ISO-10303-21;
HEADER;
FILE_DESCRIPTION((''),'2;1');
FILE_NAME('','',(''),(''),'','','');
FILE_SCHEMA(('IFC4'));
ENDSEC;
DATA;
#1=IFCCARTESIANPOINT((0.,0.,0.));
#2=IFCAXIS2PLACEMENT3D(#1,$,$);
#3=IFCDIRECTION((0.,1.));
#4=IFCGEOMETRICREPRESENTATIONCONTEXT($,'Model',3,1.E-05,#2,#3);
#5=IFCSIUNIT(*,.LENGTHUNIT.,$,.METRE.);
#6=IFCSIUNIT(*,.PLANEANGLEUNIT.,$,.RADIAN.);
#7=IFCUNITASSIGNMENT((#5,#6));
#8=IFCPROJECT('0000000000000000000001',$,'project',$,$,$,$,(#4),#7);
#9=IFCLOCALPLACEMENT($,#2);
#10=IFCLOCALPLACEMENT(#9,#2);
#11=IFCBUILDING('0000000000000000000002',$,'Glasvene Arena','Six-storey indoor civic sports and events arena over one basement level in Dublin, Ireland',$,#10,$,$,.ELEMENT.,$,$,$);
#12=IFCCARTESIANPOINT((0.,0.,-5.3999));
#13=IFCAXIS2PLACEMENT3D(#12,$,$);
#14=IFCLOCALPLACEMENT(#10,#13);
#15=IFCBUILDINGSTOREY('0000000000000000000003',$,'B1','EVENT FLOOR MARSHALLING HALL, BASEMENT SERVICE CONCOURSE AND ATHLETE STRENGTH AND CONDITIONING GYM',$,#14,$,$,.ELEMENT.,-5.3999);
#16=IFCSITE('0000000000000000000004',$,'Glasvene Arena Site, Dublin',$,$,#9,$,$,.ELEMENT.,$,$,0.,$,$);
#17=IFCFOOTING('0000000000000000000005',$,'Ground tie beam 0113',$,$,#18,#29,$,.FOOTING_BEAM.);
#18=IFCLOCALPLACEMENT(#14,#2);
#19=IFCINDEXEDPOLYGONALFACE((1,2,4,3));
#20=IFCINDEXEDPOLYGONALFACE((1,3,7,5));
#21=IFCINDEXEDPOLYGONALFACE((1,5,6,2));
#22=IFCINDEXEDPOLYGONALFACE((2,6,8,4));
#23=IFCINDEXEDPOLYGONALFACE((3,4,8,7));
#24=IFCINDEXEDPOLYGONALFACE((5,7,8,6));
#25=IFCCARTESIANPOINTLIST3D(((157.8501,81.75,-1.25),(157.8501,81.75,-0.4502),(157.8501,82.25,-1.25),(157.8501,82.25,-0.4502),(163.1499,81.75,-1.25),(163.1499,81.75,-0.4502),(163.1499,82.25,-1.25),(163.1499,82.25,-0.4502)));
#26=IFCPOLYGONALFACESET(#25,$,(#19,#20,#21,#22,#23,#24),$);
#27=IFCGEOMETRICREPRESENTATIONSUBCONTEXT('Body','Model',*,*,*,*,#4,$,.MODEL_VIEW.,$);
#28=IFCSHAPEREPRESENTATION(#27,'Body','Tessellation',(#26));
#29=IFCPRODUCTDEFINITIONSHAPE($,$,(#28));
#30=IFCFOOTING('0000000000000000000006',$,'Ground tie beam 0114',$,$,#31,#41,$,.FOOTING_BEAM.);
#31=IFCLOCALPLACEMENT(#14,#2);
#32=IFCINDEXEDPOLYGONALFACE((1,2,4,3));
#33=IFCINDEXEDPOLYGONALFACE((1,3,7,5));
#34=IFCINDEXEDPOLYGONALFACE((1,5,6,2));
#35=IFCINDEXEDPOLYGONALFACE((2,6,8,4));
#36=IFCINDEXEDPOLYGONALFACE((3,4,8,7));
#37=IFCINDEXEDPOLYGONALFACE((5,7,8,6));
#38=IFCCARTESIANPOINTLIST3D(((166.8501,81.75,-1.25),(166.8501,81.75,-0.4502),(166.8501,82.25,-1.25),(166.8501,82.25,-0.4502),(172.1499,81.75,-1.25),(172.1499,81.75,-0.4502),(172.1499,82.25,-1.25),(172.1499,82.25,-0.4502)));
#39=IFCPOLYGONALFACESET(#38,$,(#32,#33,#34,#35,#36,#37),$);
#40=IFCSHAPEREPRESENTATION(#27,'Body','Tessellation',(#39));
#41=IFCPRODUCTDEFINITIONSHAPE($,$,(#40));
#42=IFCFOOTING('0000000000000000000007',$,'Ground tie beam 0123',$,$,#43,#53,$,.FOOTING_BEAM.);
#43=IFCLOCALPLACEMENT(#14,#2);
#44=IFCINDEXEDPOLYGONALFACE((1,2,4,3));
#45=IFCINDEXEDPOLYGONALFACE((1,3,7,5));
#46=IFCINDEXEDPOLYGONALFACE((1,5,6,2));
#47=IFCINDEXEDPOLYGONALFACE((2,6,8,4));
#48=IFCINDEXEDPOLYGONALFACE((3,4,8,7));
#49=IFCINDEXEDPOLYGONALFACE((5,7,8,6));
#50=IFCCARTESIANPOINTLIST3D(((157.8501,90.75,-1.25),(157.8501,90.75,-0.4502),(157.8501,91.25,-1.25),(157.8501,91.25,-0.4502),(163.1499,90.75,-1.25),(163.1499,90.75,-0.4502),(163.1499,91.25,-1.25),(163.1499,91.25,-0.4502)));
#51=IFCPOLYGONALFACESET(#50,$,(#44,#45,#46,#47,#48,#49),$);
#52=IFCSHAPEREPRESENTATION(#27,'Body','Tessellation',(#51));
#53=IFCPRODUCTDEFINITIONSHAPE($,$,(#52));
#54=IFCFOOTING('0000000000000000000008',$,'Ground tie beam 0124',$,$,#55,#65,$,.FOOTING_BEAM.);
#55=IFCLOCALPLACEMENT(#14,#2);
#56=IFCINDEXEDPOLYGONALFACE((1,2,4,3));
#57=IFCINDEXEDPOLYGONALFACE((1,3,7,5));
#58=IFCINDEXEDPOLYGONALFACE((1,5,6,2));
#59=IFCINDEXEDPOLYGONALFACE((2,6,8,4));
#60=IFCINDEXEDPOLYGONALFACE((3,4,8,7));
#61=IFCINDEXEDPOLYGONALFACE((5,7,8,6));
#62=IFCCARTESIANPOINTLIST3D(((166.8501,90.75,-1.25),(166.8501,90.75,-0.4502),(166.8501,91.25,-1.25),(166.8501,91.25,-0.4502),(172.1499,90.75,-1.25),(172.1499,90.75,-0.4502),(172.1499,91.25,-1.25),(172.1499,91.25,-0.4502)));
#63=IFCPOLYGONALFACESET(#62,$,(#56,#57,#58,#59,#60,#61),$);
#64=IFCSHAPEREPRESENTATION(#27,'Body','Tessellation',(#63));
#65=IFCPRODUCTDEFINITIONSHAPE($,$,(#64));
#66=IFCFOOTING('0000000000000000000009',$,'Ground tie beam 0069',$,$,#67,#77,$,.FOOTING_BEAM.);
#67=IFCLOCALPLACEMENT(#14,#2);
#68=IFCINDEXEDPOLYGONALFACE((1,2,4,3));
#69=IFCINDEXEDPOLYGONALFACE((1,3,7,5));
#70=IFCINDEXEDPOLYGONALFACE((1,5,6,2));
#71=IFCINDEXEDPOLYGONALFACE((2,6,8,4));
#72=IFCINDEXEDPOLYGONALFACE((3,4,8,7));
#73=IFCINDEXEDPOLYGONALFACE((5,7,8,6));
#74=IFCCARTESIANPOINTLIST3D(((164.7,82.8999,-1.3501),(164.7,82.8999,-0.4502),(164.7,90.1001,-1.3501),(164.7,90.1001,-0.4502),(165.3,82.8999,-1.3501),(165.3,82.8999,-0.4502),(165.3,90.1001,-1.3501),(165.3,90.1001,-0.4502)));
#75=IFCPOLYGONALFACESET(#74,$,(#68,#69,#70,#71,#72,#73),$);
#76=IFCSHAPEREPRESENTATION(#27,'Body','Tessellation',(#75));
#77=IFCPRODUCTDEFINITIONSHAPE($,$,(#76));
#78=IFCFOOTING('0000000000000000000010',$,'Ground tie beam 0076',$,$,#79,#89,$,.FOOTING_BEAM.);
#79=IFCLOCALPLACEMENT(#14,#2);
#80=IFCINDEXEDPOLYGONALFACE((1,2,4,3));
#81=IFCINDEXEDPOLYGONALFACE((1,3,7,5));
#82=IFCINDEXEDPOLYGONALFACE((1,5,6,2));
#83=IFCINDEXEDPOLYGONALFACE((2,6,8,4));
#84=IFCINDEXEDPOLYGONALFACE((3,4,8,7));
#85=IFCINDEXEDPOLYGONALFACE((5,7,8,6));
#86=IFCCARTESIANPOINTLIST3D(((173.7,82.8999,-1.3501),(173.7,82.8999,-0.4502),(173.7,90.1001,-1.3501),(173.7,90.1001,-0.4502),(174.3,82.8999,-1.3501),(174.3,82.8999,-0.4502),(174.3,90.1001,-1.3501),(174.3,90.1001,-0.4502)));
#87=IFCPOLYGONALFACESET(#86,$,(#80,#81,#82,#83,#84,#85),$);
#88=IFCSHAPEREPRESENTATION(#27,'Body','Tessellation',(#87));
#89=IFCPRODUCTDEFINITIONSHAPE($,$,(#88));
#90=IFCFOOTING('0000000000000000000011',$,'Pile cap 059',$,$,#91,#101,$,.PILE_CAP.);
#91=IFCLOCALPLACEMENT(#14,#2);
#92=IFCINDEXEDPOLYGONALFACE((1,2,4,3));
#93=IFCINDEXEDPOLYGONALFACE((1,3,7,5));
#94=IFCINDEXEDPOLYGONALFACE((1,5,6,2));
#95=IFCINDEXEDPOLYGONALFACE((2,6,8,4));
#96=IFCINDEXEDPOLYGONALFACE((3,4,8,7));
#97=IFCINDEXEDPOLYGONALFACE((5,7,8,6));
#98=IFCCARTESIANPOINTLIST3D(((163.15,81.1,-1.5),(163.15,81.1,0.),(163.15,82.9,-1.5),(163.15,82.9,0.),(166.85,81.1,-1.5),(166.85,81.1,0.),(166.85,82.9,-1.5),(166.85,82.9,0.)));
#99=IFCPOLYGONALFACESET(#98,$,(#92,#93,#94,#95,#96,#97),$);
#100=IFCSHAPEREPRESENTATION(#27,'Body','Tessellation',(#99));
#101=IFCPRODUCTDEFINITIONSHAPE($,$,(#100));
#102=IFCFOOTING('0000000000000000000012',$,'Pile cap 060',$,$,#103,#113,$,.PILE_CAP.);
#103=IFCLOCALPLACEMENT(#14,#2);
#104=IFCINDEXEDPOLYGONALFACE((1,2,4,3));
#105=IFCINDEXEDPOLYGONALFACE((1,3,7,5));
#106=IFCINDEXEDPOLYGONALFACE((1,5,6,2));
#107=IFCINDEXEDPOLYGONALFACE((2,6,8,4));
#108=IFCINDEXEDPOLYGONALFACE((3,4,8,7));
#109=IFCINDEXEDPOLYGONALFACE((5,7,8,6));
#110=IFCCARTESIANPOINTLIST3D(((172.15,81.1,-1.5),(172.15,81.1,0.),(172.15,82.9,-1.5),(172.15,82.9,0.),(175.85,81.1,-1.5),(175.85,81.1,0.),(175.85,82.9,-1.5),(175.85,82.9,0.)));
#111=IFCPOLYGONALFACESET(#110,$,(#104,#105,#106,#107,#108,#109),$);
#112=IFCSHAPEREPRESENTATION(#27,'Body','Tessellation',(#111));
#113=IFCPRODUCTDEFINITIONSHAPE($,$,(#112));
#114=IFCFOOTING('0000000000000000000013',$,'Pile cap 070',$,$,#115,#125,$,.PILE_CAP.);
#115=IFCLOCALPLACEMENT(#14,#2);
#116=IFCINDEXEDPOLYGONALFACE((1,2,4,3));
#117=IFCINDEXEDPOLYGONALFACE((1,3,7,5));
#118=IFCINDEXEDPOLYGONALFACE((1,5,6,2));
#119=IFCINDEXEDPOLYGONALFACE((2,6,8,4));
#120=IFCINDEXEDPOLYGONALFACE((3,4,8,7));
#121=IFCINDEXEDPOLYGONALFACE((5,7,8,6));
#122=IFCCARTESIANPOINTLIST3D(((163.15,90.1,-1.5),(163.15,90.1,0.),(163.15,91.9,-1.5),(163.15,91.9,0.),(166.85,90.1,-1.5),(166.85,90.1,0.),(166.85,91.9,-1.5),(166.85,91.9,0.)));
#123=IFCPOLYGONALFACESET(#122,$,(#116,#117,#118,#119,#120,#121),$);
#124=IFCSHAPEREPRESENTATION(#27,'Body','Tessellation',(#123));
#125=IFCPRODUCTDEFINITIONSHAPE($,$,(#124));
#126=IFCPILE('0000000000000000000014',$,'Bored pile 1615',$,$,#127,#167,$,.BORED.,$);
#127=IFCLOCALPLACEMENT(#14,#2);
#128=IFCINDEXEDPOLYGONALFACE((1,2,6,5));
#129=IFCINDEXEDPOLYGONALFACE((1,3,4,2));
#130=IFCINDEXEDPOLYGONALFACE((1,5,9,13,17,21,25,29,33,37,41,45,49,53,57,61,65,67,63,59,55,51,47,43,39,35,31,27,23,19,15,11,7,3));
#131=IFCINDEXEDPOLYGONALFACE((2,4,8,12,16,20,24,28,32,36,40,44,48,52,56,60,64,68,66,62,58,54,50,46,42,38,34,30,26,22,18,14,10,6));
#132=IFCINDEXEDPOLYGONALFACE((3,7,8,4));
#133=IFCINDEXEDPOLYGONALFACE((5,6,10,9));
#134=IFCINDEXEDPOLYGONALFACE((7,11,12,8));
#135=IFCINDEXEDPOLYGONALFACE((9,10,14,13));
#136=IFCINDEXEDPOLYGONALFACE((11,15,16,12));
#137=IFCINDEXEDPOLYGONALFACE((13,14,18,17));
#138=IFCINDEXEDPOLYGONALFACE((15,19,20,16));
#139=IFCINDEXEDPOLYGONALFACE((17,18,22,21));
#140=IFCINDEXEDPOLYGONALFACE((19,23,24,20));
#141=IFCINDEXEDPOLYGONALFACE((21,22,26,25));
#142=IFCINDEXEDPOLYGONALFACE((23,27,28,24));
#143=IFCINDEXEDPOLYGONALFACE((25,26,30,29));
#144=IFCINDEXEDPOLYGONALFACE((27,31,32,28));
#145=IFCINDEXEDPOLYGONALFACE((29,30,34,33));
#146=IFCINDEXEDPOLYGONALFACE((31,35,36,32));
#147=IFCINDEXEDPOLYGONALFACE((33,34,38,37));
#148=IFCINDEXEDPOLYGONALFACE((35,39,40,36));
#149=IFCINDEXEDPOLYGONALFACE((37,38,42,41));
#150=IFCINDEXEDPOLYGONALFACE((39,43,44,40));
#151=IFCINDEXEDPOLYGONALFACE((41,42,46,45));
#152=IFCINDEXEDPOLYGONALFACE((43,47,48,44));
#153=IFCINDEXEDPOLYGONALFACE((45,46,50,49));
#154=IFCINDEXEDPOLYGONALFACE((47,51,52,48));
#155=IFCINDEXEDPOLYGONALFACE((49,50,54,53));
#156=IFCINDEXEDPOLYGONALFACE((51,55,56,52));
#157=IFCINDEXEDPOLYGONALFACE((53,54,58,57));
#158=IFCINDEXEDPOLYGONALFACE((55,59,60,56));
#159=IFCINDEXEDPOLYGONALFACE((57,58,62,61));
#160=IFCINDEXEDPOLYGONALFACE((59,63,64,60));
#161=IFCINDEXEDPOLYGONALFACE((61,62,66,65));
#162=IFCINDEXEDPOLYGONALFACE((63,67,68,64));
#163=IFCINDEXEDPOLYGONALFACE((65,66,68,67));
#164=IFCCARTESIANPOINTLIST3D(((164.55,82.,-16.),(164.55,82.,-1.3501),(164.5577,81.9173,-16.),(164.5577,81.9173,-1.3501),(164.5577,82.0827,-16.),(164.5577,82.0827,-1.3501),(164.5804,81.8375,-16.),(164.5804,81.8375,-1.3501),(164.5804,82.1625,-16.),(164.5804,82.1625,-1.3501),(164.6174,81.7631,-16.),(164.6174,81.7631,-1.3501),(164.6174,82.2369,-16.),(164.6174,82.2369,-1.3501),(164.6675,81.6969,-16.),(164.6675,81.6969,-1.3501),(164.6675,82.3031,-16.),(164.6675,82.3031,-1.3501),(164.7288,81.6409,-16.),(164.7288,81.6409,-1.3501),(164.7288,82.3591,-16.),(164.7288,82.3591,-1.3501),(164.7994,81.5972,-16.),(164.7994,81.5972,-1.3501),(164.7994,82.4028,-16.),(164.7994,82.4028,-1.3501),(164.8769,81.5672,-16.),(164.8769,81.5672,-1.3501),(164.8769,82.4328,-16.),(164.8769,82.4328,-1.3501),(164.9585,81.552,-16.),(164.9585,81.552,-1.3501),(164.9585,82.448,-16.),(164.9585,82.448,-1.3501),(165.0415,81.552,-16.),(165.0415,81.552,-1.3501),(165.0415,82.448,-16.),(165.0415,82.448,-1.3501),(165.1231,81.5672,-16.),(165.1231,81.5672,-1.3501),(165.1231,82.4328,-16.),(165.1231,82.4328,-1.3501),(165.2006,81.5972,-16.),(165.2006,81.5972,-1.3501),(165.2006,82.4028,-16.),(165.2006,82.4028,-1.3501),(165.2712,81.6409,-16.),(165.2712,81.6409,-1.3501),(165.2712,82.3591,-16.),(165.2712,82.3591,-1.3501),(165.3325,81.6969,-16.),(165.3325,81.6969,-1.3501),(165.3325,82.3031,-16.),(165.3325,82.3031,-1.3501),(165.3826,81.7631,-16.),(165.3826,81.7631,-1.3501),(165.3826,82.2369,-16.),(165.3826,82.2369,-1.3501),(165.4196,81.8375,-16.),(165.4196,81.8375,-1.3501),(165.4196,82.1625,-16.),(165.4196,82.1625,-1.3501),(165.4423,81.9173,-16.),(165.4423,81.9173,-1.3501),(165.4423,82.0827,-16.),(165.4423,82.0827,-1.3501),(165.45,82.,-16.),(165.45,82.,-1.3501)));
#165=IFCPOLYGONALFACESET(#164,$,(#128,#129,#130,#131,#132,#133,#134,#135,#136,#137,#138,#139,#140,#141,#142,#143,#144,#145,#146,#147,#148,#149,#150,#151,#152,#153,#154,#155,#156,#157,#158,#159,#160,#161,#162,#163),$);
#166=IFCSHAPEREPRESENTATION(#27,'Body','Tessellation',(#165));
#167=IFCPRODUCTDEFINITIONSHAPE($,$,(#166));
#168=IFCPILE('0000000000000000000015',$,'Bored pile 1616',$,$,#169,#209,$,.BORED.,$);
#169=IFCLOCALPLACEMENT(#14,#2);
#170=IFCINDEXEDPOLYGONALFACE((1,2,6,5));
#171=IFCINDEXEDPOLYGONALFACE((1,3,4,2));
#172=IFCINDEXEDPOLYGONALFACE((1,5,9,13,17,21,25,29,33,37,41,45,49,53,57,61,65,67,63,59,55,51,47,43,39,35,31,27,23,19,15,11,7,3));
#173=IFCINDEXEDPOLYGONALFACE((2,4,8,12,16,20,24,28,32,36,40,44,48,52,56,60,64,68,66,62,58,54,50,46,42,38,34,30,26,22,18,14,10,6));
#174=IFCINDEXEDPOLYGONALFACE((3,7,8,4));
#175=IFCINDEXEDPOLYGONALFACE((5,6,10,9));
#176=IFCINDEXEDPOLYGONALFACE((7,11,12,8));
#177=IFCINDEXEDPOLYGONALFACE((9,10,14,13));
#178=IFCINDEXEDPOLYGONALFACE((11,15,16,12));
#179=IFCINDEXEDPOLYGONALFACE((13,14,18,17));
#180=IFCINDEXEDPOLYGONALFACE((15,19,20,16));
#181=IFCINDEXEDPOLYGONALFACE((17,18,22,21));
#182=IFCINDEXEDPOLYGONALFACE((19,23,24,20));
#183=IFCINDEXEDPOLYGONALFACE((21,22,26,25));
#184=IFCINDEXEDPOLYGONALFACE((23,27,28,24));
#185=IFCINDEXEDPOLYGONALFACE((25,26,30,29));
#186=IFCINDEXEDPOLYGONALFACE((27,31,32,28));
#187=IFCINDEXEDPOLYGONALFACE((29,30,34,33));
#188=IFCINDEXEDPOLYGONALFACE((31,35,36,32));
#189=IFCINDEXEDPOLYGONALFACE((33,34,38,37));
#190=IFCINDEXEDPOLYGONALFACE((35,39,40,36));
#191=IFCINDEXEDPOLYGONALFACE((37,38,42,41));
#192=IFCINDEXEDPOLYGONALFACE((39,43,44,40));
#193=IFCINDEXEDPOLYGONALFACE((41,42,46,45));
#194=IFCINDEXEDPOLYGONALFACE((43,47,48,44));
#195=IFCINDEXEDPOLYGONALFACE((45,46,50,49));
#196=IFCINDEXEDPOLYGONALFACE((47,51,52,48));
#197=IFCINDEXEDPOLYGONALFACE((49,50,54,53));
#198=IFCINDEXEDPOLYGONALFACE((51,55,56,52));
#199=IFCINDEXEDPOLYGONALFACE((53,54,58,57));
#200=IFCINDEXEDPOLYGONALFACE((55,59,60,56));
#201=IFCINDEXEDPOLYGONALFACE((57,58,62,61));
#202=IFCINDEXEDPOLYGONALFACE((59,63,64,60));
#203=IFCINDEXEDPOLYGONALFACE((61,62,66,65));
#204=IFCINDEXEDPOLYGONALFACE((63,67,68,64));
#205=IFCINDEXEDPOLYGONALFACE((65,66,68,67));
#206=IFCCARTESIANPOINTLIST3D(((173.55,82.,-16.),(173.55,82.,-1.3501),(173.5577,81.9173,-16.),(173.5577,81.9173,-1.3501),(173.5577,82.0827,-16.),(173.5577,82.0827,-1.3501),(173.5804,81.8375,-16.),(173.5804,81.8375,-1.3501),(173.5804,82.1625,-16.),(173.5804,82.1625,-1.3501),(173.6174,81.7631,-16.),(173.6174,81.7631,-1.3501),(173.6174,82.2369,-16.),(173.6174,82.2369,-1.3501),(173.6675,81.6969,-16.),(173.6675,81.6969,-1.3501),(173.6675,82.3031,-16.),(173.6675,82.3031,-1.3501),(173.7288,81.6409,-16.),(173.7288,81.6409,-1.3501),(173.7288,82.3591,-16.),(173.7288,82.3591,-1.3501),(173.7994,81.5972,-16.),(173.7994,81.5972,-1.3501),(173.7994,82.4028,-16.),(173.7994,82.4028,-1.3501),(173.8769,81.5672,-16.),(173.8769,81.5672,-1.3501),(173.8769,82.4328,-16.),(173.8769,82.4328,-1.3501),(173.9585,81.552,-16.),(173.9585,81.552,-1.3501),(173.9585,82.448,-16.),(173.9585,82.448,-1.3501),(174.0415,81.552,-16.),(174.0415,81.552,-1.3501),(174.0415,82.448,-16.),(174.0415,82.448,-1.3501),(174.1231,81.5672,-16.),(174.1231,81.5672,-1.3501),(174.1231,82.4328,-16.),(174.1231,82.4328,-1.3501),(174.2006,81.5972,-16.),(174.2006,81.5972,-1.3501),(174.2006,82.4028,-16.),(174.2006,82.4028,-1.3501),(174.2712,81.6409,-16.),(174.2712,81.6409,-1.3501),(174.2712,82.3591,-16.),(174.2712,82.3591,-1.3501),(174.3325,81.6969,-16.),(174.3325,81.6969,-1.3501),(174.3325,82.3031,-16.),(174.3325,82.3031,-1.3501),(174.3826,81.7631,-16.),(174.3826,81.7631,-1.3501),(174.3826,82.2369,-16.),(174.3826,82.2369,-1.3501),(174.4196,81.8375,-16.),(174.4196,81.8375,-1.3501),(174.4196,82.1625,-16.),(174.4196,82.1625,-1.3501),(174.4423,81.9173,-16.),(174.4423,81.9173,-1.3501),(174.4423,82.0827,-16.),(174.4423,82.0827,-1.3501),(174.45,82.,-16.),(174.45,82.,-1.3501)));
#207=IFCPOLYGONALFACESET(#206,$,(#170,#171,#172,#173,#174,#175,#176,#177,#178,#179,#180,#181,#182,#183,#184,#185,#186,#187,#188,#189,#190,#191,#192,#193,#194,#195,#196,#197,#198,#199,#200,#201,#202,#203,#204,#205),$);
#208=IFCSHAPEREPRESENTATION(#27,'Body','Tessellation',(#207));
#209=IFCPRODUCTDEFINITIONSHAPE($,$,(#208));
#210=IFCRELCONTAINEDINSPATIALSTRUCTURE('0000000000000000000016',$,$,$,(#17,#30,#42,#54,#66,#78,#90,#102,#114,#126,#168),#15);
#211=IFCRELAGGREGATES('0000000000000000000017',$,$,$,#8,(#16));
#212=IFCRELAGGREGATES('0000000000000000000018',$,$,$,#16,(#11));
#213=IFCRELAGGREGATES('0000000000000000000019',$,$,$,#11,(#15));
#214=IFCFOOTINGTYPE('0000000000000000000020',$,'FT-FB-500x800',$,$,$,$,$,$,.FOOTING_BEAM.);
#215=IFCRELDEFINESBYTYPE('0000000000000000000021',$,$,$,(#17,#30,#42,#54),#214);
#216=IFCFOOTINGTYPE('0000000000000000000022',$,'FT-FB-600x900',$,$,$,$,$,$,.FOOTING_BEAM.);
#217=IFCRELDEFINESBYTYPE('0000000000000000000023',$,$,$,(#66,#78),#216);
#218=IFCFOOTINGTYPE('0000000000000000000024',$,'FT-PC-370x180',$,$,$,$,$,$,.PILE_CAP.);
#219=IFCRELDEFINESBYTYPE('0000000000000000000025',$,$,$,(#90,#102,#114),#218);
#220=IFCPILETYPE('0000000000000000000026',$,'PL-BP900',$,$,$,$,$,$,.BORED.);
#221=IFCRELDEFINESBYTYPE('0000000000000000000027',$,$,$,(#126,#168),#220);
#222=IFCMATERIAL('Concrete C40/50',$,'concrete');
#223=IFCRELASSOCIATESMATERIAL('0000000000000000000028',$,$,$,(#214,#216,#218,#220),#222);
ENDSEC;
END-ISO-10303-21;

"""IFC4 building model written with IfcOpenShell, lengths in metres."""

from ifc_helpers import new_model, si_unit, direction, frame, origin, origin_2d, place, context, subcontext, project, spatial, polyline, rectangle, circle, outline, extrude, material, material_profile, profile_set, type_object, element, save


model = new_model("IFC4")

# Units and contexts
model_context = context("Model", 3, precision=1e-05, world=origin(), true_north=direction((0.0, 1.0)))
body_context = subcontext(model_context, "Body", "Model", "MODEL_VIEW")
ifc_project = project(units=[si_unit("LENGTHUNIT", "METRE"), si_unit("PLANEANGLEUNIT", "RADIAN")], contexts=[model_context])

# Site, building, storey
site_placement = place(None, origin())
site = spatial("IfcSite", under=ifc_project, at=site_placement, Name="Glasvene Arena Site, Dublin", CompositionType="ELEMENT", RefElevation=0.0)
building_placement = place(site_placement, origin())
building = spatial("IfcBuilding", under=site, at=building_placement, Name="Glasvene Arena", Description="Six-storey indoor civic sports and events arena over one basement level in Dublin, Ireland", CompositionType="ELEMENT")
storey_placement = place(building_placement, frame((0.0, 0.0, -5.3999)))
storey = spatial("IfcBuildingStorey", under=building, at=storey_placement, Name="B1", Description="EVENT FLOOR MARSHALLING HALL, BASEMENT SERVICE CONCOURSE AND ATHLETE STRENGTH AND CONDITIONING GYM", CompositionType="ELEMENT", Elevation=-5.3999)

# Footings
ifc_material_1 = material(Name="Concrete C40/50", Category="concrete")
footing_type_1 = type_object("IfcFootingType", Name="FT-FB-500x800", PredefinedType="FOOTING_BEAM", material=ifc_material_1)
for number, where, name in (
    (1, (160.5, 82.0, -1.25), "Ground tie beam 0113"),
    (2, (169.5, 82.0, -1.25), "Ground tie beam 0114"),
    (3, (160.5, 91.0, -1.25), "Ground tie beam 0123"),
    (4, (169.5, 91.0, -1.25), "Ground tie beam 0124"),
):
    element("IfcFooting", number, at=place(storey_placement, frame(where)), inside=storey, type_object=footing_type_1, Name=name, PredefinedType="FOOTING_BEAM", context=body_context, shape_type="SweptSolid", body=[
        extrude(outline(polyline([(-2.6499, -0.25), (2.6499, -0.25), (2.6499, 0.25), (-2.6499, 0.25), (-2.6499, -0.25)])), origin(), (0.0, 0.0, 1.0), 0.7998),
    ])
footing_type_2 = type_object("IfcFootingType", Name="FT-FB-600x900", PredefinedType="FOOTING_BEAM", material=ifc_material_1)
for number, where, name in (
    (5, (165.0, 86.5, -1.3501), "Ground tie beam 0069"),
    (6, (174.0, 86.5, -1.3501), "Ground tie beam 0076"),
):
    element("IfcFooting", number, at=place(storey_placement, frame(where)), inside=storey, type_object=footing_type_2, Name=name, PredefinedType="FOOTING_BEAM", context=body_context, shape_type="SweptSolid", body=[
        extrude(outline(polyline([(-0.3, -3.6001), (0.3, -3.6001), (0.3, 3.6001), (-0.3, 3.6001), (-0.3, -3.6001)])), origin(), (0.0, 0.0, 1.0), 0.8999),
    ])
footing_type_3 = type_object("IfcFootingType", Name="FT-PC-370x180", PredefinedType="PILE_CAP", material=ifc_material_1)
for number, where, z_axis, x_axis, name in (
    (7, (165.0, 82.0, -1.5), (0.0, 0.0, 1.0), (1.0, 0.0, 0.0), "Pile cap 059"),
    (8, (174.0, 82.0, -1.5), (0.0, 0.0, 1.0), (1.0, 0.0, 0.0), "Pile cap 060"),
    (9, (165.0, 91.0, -1.5), (0.0, 0.0, 1.0), (1.0, 0.0, 0.0), "Pile cap 070"),
):
    element("IfcFooting", number, at=place(storey_placement, frame(where, z_axis=z_axis, x_axis=x_axis)), inside=storey, type_object=footing_type_3, Name=name, PredefinedType="PILE_CAP", context=body_context, shape_type="SweptSolid", body=[
        extrude(rectangle(XDim=3.7, YDim=1.8, at=origin_2d()), origin(), (0.0, 0.0, 1.0), 1.5),
    ])

# Piles
ifc_material_profile_1 = material_profile(ifc_material_1, circle(Radius=0.45, at=origin_2d()), Name="BORED PILE 900")
ifc_profile_set_1 = profile_set([ifc_material_profile_1], Name="Concrete C40/50")
pile_type = type_object("IfcPileType", Name="PL-BP900", PredefinedType="BORED", material=ifc_profile_set_1)
for number, where, z_axis, x_axis, name in (
    (10, (165.0, 82.0, -1.3501), (0.0, 0.0, -1.0), (1.0, 0.0, 0.0), "Bored pile 1615"),
    (11, (174.0, 82.0, -1.3501), (0.0, 0.0, -1.0), (1.0, 0.0, 0.0), "Bored pile 1616"),
):
    element("IfcPile", number, at=place(storey_placement, frame(where, z_axis=z_axis, x_axis=x_axis)), inside=storey, type_object=pile_type, Name=name, PredefinedType="BORED", context=body_context, shape_type="SweptSolid", body=[
        extrude(circle(Radius=0.45, at=origin_2d()), origin(), (0.0, 0.0, 1.0), 14.6499),
    ])

save(model, "model.ifc")
